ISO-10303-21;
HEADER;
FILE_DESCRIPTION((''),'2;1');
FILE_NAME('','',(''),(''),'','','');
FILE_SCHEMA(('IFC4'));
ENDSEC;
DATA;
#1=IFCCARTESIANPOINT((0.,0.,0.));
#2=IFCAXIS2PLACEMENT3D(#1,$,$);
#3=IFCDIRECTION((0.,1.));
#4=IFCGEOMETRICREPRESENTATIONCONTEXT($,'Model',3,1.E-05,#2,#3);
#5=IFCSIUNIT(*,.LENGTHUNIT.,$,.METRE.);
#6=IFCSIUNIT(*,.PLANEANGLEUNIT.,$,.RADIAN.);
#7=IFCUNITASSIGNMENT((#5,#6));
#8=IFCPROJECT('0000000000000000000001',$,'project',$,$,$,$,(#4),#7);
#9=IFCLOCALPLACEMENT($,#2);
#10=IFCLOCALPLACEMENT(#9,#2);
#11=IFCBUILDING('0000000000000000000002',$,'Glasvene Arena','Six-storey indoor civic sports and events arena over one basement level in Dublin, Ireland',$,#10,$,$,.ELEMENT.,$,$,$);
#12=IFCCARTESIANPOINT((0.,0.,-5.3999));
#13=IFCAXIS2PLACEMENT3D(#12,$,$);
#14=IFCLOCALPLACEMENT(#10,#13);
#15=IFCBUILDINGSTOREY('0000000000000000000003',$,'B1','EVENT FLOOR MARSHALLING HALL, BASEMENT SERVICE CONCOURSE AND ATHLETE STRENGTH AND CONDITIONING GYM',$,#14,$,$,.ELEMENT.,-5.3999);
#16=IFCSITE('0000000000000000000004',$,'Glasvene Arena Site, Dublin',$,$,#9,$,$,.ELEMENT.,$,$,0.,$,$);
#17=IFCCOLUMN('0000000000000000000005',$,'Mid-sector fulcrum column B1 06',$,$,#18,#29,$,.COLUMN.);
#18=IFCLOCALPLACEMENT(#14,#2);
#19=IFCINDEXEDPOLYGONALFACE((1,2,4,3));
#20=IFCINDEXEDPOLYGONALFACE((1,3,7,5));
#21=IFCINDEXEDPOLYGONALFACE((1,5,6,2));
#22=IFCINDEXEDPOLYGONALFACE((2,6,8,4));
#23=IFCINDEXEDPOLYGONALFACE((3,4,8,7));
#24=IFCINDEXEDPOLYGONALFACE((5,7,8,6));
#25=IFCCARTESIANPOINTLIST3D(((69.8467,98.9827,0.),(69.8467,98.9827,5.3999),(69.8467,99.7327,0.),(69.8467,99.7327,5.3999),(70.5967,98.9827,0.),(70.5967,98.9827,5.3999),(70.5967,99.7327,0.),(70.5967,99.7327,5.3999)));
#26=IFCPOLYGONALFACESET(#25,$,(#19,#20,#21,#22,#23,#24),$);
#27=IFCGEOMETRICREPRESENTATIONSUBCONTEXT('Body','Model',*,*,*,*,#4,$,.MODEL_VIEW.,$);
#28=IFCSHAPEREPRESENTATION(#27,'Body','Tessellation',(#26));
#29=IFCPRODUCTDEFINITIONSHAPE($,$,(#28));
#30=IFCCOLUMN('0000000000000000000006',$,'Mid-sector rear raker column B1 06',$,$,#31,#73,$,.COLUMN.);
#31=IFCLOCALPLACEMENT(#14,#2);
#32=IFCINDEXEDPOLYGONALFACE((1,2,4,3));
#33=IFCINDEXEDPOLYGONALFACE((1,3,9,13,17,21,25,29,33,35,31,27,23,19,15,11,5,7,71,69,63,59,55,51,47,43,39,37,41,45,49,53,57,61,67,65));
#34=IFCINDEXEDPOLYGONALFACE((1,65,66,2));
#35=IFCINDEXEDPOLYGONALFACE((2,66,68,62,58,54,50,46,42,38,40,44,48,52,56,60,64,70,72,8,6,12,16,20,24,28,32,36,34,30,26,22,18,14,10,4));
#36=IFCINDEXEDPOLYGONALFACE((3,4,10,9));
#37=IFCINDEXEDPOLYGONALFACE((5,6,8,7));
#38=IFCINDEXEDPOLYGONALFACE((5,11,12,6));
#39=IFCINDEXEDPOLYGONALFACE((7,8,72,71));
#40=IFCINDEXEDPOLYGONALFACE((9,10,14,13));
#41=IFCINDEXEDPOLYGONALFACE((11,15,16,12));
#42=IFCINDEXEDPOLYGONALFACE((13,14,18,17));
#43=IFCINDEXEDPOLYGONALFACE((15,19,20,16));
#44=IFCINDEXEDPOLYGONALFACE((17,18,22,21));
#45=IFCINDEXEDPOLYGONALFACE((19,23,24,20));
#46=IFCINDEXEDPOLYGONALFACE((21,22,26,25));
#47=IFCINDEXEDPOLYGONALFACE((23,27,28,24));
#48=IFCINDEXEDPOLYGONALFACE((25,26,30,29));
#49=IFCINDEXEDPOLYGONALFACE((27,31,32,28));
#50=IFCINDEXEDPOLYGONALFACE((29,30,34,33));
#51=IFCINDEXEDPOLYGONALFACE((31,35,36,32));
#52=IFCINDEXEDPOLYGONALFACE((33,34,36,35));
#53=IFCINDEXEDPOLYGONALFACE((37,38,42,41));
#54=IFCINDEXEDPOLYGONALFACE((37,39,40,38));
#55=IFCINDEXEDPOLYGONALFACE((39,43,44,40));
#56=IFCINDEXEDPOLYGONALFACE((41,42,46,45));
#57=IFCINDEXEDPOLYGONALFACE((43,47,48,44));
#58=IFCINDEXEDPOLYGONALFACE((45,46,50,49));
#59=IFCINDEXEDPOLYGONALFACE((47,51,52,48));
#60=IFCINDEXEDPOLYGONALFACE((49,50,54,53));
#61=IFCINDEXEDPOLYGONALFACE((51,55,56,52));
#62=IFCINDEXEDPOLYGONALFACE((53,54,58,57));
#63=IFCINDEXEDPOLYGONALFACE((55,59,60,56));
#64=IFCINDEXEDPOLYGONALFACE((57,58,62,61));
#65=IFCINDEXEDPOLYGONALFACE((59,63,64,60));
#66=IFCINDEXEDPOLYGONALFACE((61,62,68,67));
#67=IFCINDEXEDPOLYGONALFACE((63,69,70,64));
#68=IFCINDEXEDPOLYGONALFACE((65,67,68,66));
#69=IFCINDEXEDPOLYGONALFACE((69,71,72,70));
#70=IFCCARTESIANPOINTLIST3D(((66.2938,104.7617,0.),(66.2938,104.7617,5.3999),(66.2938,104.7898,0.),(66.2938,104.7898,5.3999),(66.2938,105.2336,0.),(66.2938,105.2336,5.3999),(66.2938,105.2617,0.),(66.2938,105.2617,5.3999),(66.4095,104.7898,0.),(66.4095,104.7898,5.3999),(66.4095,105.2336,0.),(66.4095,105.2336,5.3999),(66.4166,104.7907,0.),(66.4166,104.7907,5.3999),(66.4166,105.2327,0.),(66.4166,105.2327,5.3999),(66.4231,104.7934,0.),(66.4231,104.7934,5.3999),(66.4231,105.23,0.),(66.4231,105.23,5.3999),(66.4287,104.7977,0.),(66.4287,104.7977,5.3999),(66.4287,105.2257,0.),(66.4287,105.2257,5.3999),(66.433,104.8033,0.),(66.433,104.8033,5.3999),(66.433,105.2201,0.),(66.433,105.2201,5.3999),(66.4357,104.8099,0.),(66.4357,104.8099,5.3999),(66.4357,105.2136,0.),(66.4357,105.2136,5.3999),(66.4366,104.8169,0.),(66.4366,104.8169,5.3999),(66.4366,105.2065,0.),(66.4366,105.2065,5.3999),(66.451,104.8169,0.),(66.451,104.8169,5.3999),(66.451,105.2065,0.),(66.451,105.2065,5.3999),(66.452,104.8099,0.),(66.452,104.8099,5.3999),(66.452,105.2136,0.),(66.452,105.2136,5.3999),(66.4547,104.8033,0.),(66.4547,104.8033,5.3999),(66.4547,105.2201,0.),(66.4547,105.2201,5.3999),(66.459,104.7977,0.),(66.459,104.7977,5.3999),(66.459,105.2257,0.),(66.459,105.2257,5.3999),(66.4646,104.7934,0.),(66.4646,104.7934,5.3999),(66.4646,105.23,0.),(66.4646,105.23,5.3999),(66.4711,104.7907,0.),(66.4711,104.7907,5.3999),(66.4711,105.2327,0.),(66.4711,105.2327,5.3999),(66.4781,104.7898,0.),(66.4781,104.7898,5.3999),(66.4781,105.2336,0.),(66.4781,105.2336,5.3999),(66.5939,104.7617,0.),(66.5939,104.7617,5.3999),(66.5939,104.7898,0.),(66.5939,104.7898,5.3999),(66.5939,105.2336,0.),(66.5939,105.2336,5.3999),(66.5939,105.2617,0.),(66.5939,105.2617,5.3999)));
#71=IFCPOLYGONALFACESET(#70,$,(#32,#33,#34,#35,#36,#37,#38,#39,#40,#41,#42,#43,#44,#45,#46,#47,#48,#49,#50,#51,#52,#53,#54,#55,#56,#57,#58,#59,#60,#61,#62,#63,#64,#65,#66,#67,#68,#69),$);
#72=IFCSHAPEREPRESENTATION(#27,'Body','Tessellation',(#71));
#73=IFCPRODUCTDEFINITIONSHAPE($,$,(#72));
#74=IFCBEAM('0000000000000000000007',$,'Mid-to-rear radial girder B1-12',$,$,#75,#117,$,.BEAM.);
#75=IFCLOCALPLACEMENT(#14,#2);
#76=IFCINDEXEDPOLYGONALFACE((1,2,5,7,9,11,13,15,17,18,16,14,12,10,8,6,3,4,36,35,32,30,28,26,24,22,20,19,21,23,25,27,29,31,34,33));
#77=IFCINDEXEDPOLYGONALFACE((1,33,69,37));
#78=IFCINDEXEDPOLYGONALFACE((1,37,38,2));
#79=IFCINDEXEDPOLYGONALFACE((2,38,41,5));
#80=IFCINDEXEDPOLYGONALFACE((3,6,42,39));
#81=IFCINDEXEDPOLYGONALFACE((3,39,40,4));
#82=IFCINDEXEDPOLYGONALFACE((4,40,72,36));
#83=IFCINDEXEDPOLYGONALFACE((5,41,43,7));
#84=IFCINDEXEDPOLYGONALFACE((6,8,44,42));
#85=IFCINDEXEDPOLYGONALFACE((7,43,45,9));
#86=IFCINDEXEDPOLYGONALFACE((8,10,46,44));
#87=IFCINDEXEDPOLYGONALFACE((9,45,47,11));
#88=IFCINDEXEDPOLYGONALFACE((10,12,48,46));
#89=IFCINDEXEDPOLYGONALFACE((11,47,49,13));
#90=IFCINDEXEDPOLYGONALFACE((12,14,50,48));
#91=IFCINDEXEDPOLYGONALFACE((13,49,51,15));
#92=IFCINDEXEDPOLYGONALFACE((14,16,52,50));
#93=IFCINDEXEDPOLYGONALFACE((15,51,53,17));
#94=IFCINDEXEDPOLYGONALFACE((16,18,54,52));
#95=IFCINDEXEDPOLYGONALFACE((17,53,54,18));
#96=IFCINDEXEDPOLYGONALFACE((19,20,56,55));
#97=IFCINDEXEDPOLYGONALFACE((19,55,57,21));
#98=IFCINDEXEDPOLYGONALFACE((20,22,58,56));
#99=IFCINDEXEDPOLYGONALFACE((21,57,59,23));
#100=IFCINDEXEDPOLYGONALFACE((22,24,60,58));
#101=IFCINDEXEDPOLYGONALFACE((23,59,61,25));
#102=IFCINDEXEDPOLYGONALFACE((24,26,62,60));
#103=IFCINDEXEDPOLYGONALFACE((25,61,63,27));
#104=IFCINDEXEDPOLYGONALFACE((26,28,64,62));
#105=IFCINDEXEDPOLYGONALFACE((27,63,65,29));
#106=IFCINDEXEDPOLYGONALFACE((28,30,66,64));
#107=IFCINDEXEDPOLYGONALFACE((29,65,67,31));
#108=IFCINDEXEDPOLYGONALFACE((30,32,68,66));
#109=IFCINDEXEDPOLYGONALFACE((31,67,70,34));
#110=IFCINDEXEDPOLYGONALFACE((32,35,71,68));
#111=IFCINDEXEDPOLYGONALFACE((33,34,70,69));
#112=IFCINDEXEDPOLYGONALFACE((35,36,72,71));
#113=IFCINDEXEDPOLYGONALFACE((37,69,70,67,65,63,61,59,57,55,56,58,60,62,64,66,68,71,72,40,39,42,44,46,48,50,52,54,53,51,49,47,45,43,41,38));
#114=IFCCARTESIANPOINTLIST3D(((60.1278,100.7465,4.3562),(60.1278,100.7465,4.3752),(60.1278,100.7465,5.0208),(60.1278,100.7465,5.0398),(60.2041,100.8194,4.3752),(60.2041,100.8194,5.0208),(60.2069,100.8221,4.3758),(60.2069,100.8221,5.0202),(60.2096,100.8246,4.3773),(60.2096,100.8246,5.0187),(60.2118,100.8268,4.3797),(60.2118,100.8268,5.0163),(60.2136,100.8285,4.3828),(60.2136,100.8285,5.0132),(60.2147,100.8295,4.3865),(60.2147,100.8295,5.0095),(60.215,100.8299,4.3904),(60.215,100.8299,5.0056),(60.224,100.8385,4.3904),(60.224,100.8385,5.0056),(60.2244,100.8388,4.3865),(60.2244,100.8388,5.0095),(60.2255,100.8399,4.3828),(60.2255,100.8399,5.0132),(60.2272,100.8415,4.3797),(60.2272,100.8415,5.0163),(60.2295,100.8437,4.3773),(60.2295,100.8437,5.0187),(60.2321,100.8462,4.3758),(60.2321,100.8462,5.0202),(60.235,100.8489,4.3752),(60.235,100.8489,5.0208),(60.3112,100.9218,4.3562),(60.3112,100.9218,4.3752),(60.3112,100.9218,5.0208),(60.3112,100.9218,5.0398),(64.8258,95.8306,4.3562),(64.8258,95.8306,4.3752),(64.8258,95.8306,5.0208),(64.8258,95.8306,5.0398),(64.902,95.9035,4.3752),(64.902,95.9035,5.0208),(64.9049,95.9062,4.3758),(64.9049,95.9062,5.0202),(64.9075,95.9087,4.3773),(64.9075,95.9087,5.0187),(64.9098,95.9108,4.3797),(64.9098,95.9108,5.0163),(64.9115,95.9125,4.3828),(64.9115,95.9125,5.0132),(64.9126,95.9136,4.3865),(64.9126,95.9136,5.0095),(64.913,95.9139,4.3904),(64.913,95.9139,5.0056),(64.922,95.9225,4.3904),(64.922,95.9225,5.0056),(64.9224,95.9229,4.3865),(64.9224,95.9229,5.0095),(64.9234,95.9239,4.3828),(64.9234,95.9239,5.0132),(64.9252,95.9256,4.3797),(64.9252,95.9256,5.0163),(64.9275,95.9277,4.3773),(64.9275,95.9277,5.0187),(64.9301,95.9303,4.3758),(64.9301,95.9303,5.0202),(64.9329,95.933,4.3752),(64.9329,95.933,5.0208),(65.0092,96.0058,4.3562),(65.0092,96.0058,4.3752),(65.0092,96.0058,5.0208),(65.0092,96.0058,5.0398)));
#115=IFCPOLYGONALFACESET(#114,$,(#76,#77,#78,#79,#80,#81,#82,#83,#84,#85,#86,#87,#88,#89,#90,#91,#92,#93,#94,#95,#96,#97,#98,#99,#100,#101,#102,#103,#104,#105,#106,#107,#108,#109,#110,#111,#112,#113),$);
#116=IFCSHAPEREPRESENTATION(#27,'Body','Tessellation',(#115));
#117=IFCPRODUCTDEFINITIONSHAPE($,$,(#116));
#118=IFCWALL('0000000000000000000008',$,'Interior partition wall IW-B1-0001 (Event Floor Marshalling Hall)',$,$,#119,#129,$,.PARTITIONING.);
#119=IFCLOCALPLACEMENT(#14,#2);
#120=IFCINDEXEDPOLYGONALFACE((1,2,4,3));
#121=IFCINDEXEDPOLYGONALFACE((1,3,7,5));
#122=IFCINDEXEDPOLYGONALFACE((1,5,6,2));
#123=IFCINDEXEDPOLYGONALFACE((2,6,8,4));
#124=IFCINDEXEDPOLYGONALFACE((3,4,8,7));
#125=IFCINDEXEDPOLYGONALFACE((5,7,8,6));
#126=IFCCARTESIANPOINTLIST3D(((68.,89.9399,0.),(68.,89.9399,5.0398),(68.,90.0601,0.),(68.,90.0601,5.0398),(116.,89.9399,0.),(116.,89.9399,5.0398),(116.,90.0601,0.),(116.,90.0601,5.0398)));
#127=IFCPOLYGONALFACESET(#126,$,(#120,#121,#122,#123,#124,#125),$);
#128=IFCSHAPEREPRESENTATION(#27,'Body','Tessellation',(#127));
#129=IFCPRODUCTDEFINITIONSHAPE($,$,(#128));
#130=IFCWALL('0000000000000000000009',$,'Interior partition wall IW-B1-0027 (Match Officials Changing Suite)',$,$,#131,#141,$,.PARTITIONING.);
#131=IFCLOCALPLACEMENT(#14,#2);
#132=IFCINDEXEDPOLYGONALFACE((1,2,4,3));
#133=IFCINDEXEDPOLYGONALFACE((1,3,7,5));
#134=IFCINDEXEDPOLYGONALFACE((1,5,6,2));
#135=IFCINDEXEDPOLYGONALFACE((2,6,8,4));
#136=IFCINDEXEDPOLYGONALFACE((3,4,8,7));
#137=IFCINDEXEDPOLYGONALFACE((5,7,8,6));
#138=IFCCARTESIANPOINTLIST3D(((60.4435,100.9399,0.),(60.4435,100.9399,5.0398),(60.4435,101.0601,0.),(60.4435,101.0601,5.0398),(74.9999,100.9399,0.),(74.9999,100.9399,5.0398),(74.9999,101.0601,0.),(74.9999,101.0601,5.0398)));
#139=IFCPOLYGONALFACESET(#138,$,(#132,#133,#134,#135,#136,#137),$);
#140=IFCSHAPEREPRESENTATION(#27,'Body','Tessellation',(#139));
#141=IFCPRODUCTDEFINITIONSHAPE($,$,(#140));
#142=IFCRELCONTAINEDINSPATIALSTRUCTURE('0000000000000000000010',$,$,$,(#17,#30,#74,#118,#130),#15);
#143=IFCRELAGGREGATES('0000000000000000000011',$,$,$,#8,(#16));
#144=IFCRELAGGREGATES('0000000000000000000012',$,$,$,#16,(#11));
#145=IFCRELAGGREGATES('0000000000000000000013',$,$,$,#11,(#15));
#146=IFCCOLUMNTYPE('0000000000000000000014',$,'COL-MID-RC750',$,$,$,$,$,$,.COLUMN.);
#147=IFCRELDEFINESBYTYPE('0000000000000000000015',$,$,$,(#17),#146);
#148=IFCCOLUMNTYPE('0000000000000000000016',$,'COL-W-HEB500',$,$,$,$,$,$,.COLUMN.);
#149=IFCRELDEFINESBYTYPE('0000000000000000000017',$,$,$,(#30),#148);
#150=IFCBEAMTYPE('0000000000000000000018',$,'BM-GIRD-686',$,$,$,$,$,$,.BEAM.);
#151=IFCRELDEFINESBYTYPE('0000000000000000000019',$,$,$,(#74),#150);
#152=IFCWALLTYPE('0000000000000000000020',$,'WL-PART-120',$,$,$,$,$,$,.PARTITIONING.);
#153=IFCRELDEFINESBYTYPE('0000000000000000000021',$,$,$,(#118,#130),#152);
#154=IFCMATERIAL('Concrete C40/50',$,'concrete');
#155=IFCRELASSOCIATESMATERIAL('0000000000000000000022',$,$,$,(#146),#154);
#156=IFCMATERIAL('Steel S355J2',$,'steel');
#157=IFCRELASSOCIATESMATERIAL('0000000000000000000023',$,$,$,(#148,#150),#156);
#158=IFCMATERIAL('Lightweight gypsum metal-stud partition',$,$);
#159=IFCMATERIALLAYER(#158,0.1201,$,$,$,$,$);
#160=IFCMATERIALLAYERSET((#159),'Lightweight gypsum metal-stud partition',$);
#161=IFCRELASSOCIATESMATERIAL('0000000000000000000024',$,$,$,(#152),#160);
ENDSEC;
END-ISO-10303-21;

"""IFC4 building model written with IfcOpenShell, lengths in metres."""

from ifc_helpers import new_model, si_unit, direction, frame, frame_2d, origin, origin_2d, place, context, subcontext, project, spatial, rectangle, i_section, extrude, material, layer, layer_set, material_profile, profile_set, type_object, element, save


model = new_model("IFC4")

# Units and contexts
model_context = context("Model", 3, precision=1e-05, world=origin(), true_north=direction((0.0, 1.0)))
body_context = subcontext(model_context, "Body", "Model", "MODEL_VIEW")
ifc_project = project(units=[si_unit("LENGTHUNIT", "METRE"), si_unit("PLANEANGLEUNIT", "RADIAN")], contexts=[model_context])

# Site, building, storey
site_placement = place(None, origin())
site = spatial("IfcSite", under=ifc_project, at=site_placement, Name="Glasvene Arena Site, Dublin", CompositionType="ELEMENT", RefElevation=0.0)
building_placement = place(site_placement, origin())
building = spatial("IfcBuilding", under=site, at=building_placement, Name="Glasvene Arena", Description="Six-storey indoor civic sports and events arena over one basement level in Dublin, Ireland", CompositionType="ELEMENT")
storey_placement = place(building_placement, frame((0.0, 0.0, -5.3999)))
storey = spatial("IfcBuildingStorey", under=building, at=storey_placement, Name="B1", Description="EVENT FLOOR MARSHALLING HALL, BASEMENT SERVICE CONCOURSE AND ATHLETE STRENGTH AND CONDITIONING GYM", CompositionType="ELEMENT", Elevation=-5.3999)

# Shared definitions
ifc_material_1 = material(Name="Concrete C40/50", Category="concrete")

# Columns
ifc_material_profile_1 = material_profile(ifc_material_1, rectangle(XDim=0.75, YDim=0.75, at=origin_2d()), Name="RC 750x750")
ifc_profile_set_1 = profile_set([ifc_material_profile_1], Name="Concrete C40/50")
column_type_1 = type_object("IfcColumnType", Name="COL-MID-RC750", PredefinedType="COLUMN", material=ifc_profile_set_1)
column_1_placement = place(storey_placement, frame((70.2217, 99.3577, 0.0), z_axis=(0.0, 0.0, 1.0), x_axis=(1.0, 0.0, 0.0)))
element("IfcColumn", 1, at=column_1_placement, inside=storey, type_object=column_type_1, Name="Mid-sector fulcrum column B1 06", PredefinedType="COLUMN", context=body_context, shape_type="SweptSolid", body=[
    extrude(rectangle(XDim=0.75, YDim=0.75, at=origin_2d()), origin(), (0.0, 0.0, 1.0), 5.3999),
])
ifc_material_2 = material(Name="Steel S355J2", Category="steel")
ifc_material_profile_2 = material_profile(ifc_material_2, i_section(OverallWidth=0.3, OverallDepth=0.5, WebThickness=0.0144, FlangeThickness=0.0281, FilletRadius=0.0271, at=origin_2d()), Name="HEB 500")
ifc_profile_set_2 = profile_set([ifc_material_profile_2], Name="Steel S355J2")
column_type_2 = type_object("IfcColumnType", Name="COL-W-HEB500", PredefinedType="COLUMN", material=ifc_profile_set_2)
column_2_placement = place(storey_placement, frame((66.4438, 105.0117, 0.0), z_axis=(0.0, 0.0, 1.0), x_axis=(1.0, 0.0, 0.0)))
element("IfcColumn", 2, at=column_2_placement, inside=storey, type_object=column_type_2, Name="Mid-sector rear raker column B1 06", PredefinedType="COLUMN", context=body_context, shape_type="SweptSolid", body=[
    extrude(i_section(OverallWidth=0.3, OverallDepth=0.5, WebThickness=0.0144, FlangeThickness=0.0281, FilletRadius=0.0271, at=origin_2d()), origin(), (0.0, 0.0, 1.0), 5.3999),
])

# Beam
ifc_material_profile_3 = material_profile(ifc_material_2, i_section(OverallWidth=0.2537, OverallDepth=0.6836, WebThickness=0.0125, FlangeThickness=0.019, FilletRadius=0.0151, at=origin_2d()), Name="UKB 686x254x140")
ifc_profile_set_3 = profile_set([ifc_material_profile_3], Name="Steel S355J2")
beam_type = type_object("IfcBeamType", Name="BM-GIRD-686", PredefinedType="BEAM", material=ifc_profile_set_3)
beam_placement = place(storey_placement, frame((64.9175, 95.9182, 4.698), z_axis=(-0.690894, 0.722956, 0.0), x_axis=(-0.722956, -0.690894, 0.0)))
element("IfcBeam", 3, at=beam_placement, inside=storey, type_object=beam_type, Name="Mid-to-rear radial girder B1-12", PredefinedType="BEAM", context=body_context, shape_type="SweptSolid", body=[
    extrude(i_section(OverallWidth=0.2537, OverallDepth=0.6836, WebThickness=0.0125, FlangeThickness=0.019, FilletRadius=0.0151, at=origin_2d()), origin(), (0.0, 0.0, 1.0), 6.7998),
])

# Walls
ifc_material_3 = material(Name="Lightweight gypsum metal-stud partition")
ifc_layer = layer(ifc_material_3, 0.1201)
ifc_layer_set = layer_set([ifc_layer], Name="Lightweight gypsum metal-stud partition")
wall_type = type_object("IfcWallType", Name="WL-PART-120", PredefinedType="PARTITIONING", material=ifc_layer_set)
wall_1_placement = place(storey_placement, frame((68.0, 90.0, 0.0), z_axis=(0.0, 0.0, 1.0), x_axis=(1.0, 0.0, 0.0)))
element("IfcWall", 4, at=wall_1_placement, inside=storey, type_object=wall_type, Name="Interior partition wall IW-B1-0001 (Event Floor Marshalling Hall)", PredefinedType="PARTITIONING", context=body_context, shape_type="SweptSolid", body=[
    extrude(rectangle(XDim=48.0, YDim=0.1201, at=frame_2d((24.0, 0.0))), origin(), (0.0, 0.0, 1.0), 5.0398),
])
wall_2_placement = place(storey_placement, frame((75.0, 101.0, 0.0), z_axis=(0.0, 0.0, 1.0), x_axis=(-1.0, 0.0, 0.0)))
element("IfcWall", 5, at=wall_2_placement, inside=storey, type_object=wall_type, Name="Interior partition wall IW-B1-0027 (Match Officials Changing Suite)", PredefinedType="PARTITIONING", context=body_context, shape_type="SweptSolid", body=[
    extrude(rectangle(XDim=14.5564, YDim=0.1201, at=frame_2d((7.2783, 0.0))), origin(), (0.0, 0.0, 1.0), 5.0398),
])

save(model, "model.ifc")
